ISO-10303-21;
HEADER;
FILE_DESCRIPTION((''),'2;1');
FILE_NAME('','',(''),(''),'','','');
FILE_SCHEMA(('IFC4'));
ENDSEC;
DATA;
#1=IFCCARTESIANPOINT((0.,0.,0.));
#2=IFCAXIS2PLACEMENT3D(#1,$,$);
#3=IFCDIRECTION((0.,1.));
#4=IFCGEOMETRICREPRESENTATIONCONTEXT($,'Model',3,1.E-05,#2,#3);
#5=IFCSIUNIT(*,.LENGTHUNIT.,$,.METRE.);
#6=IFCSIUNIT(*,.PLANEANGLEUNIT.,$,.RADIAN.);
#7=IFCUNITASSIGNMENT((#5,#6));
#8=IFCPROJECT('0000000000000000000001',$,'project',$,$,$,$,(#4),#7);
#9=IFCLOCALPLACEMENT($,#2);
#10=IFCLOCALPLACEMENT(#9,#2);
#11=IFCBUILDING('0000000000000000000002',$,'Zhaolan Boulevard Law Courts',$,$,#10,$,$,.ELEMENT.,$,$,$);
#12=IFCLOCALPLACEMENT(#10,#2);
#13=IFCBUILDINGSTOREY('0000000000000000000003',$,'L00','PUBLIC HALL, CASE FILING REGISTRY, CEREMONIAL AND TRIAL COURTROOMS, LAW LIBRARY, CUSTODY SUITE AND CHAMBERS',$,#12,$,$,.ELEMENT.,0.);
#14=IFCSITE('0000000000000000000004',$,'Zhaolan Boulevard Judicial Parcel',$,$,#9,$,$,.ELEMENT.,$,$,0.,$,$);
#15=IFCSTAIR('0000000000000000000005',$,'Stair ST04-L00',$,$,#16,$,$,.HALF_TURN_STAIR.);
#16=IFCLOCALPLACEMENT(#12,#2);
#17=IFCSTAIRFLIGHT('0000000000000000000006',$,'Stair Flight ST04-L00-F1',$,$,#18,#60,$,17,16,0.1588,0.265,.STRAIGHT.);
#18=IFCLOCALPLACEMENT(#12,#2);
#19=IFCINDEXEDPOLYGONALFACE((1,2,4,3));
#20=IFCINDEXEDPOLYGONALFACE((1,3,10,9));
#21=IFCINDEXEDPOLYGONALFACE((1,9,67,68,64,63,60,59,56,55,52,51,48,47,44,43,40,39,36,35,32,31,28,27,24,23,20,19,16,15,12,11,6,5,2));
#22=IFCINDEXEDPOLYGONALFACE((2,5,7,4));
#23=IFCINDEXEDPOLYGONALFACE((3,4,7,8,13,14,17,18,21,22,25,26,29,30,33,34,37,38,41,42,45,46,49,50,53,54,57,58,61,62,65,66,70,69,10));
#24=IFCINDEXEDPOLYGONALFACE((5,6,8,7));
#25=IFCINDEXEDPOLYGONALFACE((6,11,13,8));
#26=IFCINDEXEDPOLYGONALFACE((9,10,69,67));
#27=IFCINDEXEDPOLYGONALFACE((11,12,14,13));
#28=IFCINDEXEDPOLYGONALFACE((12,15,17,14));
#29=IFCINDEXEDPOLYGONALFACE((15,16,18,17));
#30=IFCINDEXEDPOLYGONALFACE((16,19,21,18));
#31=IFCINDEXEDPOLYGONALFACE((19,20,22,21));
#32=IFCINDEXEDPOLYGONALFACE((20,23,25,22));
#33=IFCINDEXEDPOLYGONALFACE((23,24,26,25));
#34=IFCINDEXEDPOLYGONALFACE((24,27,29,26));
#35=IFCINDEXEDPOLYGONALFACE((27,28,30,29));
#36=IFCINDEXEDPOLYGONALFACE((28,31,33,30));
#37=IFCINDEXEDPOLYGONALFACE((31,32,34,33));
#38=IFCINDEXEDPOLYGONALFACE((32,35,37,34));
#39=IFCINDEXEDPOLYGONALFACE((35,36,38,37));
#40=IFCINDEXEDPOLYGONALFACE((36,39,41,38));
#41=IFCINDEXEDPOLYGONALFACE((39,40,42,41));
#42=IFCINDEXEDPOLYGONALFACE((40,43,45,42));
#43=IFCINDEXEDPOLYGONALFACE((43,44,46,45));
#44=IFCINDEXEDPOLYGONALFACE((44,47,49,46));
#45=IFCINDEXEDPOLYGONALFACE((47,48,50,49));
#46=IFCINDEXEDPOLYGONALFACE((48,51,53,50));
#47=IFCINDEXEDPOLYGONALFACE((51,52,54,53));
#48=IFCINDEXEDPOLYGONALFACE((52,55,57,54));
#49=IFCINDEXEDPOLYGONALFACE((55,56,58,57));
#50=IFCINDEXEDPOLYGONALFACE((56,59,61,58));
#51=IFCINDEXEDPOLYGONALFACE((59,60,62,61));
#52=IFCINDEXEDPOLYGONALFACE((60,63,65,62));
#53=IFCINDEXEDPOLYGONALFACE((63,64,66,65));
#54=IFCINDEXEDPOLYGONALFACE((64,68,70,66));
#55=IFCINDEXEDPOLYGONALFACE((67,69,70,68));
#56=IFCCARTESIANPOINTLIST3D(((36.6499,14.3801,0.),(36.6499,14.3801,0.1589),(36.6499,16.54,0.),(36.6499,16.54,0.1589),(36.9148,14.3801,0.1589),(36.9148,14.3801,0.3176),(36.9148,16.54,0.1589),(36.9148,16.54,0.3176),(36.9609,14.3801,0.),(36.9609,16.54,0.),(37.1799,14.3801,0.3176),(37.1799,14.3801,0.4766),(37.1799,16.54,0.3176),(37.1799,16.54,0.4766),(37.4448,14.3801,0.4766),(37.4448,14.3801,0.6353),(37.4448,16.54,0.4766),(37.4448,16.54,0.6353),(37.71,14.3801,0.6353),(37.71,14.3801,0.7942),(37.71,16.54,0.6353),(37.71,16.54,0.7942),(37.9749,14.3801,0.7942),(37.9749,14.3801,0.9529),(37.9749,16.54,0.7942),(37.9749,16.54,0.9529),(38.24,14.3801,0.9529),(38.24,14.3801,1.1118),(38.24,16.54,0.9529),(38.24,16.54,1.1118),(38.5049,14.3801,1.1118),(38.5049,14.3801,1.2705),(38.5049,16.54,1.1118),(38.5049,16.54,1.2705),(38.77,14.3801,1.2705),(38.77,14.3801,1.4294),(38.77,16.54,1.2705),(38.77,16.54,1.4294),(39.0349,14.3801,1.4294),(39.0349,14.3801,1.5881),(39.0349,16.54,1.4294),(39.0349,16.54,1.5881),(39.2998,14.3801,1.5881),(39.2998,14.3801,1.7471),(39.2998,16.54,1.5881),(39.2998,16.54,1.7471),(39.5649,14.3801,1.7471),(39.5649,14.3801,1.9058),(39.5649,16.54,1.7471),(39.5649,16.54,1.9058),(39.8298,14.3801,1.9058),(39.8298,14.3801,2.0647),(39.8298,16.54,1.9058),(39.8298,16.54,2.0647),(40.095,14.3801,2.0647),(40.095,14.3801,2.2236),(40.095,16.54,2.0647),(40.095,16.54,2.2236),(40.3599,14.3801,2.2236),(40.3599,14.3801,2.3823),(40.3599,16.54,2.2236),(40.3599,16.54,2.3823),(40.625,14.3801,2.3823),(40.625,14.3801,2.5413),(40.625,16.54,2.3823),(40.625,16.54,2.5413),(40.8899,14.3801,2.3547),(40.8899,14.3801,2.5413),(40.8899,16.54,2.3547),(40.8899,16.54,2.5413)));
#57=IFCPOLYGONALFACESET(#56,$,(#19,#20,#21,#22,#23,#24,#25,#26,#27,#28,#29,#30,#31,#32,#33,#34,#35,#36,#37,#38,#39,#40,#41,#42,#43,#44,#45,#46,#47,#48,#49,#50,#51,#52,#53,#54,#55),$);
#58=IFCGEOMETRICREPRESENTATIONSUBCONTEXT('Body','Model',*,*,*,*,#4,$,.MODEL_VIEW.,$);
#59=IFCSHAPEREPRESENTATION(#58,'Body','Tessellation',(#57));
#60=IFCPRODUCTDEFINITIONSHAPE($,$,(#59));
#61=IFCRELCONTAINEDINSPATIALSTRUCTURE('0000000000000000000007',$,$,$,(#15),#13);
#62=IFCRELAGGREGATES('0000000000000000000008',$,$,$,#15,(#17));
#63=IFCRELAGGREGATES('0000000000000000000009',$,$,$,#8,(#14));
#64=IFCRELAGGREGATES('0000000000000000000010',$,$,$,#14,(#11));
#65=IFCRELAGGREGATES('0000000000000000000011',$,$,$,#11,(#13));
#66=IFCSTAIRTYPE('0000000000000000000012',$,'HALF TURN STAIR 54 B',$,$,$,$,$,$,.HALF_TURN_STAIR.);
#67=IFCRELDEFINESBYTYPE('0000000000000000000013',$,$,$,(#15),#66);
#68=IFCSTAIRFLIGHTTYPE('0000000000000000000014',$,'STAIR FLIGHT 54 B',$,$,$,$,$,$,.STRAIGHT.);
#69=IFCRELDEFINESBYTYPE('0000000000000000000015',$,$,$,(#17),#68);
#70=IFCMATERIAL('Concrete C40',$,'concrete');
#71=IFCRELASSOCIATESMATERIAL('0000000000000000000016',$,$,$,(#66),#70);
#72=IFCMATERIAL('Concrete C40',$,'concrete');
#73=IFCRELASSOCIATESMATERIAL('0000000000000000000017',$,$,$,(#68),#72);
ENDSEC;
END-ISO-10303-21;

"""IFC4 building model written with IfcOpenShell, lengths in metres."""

from ifc_helpers import new_model, si_unit, direction, frame, origin, place, context, subcontext, project, spatial, polyline, outline, extrude, material, type_object, element, aggregate, save


model = new_model("IFC4")

# Units and contexts
model_context = context("Model", 3, precision=1e-05, world=origin(), true_north=direction((0.0, 1.0)))
body_context = subcontext(model_context, "Body", "Model", "MODEL_VIEW")
ifc_project = project(units=[si_unit("LENGTHUNIT", "METRE"), si_unit("PLANEANGLEUNIT", "RADIAN")], contexts=[model_context])

# Site, building, storey
site_placement = place(None, origin())
site = spatial("IfcSite", under=ifc_project, at=site_placement, Name="Zhaolan Boulevard Judicial Parcel", CompositionType="ELEMENT", RefElevation=0.0)
building_placement = place(site_placement, origin())
building = spatial("IfcBuilding", under=site, at=building_placement, Name="Zhaolan Boulevard Law Courts", CompositionType="ELEMENT")
storey_placement = place(building_placement, origin())
storey = spatial("IfcBuildingStorey", under=building, at=storey_placement, Name="L00", Description="PUBLIC HALL, CASE FILING REGISTRY, CEREMONIAL AND TRIAL COURTROOMS, LAW LIBRARY, CUSTODY SUITE AND CHAMBERS", CompositionType="ELEMENT", Elevation=0.0)

# Stair, stair flight
ifc_material_1 = material(Name="Concrete C40", Category="concrete")
stair_type = type_object("IfcStairType", Name="HALF TURN STAIR 54 B", PredefinedType="HALF_TURN_STAIR", material=ifc_material_1)
stair_placement = place(storey_placement, origin())
stair = element("IfcStair", 1, at=stair_placement, inside=storey, type_object=stair_type, Name="Stair ST04-L00", PredefinedType="HALF_TURN_STAIR")
ifc_material_2 = material(Name="Concrete C40", Category="concrete")
stair_flight_type = type_object("IfcStairFlightType", Name="STAIR FLIGHT 54 B", PredefinedType="STRAIGHT", material=ifc_material_2)
stair_flight_placement = place(storey_placement, frame((36.6499, 15.46, 0.0), z_axis=(0.0, 0.0, 1.0), x_axis=(1.0, 0.0, 0.0)))
stair_flight = element("IfcStairFlight", 2, at=stair_flight_placement, type_object=stair_flight_type, Name="Stair Flight ST04-L00-F1", NumberOfRisers=17, NumberOfTreads=16, PredefinedType="STRAIGHT", RiserHeight=0.1588, TreadLength=0.265, context=body_context, shape_type="SweptSolid", body=[
    extrude(outline(polyline([(0.0, 0.0), (0.0, 0.1589), (0.2649, 0.1589), (0.2649, 0.3176), (0.53, 0.3176), (0.53, 0.4766), (0.7949, 0.4766), (0.7949, 0.6353), (1.0601, 0.6353), (1.0601, 0.7942), (1.325, 0.7942), (1.325, 0.9529), (1.5901, 0.9529), (1.5901, 1.1118), (1.855, 1.1118), (1.855, 1.2705), (2.1201, 1.2705), (2.1201, 1.4294), (2.385, 1.4294), (2.385, 1.5881), (2.6499, 1.5881), (2.6499, 1.7471), (2.915, 1.7471), (2.915, 1.9058), (3.1799, 1.9058), (3.1799, 2.0647), (3.4451, 2.0647), (3.4451, 2.2236), (3.71, 2.2236), (3.71, 2.3823), (3.9751, 2.3823), (3.9751, 2.5413), (4.24, 2.5413), (4.24, 2.7), (4.24, 2.3547), (0.311, 0.0), (0.0, 0.0)])), frame((0.0, 1.0801, 0.0), z_axis=(0.0, -1.0, 0.0), x_axis=(1.0, 0.0, 0.0)), (0.0, 0.0, 1.0), 2.1599),
])
aggregate(stair, [stair_flight])

save(model, "model.ifc")
